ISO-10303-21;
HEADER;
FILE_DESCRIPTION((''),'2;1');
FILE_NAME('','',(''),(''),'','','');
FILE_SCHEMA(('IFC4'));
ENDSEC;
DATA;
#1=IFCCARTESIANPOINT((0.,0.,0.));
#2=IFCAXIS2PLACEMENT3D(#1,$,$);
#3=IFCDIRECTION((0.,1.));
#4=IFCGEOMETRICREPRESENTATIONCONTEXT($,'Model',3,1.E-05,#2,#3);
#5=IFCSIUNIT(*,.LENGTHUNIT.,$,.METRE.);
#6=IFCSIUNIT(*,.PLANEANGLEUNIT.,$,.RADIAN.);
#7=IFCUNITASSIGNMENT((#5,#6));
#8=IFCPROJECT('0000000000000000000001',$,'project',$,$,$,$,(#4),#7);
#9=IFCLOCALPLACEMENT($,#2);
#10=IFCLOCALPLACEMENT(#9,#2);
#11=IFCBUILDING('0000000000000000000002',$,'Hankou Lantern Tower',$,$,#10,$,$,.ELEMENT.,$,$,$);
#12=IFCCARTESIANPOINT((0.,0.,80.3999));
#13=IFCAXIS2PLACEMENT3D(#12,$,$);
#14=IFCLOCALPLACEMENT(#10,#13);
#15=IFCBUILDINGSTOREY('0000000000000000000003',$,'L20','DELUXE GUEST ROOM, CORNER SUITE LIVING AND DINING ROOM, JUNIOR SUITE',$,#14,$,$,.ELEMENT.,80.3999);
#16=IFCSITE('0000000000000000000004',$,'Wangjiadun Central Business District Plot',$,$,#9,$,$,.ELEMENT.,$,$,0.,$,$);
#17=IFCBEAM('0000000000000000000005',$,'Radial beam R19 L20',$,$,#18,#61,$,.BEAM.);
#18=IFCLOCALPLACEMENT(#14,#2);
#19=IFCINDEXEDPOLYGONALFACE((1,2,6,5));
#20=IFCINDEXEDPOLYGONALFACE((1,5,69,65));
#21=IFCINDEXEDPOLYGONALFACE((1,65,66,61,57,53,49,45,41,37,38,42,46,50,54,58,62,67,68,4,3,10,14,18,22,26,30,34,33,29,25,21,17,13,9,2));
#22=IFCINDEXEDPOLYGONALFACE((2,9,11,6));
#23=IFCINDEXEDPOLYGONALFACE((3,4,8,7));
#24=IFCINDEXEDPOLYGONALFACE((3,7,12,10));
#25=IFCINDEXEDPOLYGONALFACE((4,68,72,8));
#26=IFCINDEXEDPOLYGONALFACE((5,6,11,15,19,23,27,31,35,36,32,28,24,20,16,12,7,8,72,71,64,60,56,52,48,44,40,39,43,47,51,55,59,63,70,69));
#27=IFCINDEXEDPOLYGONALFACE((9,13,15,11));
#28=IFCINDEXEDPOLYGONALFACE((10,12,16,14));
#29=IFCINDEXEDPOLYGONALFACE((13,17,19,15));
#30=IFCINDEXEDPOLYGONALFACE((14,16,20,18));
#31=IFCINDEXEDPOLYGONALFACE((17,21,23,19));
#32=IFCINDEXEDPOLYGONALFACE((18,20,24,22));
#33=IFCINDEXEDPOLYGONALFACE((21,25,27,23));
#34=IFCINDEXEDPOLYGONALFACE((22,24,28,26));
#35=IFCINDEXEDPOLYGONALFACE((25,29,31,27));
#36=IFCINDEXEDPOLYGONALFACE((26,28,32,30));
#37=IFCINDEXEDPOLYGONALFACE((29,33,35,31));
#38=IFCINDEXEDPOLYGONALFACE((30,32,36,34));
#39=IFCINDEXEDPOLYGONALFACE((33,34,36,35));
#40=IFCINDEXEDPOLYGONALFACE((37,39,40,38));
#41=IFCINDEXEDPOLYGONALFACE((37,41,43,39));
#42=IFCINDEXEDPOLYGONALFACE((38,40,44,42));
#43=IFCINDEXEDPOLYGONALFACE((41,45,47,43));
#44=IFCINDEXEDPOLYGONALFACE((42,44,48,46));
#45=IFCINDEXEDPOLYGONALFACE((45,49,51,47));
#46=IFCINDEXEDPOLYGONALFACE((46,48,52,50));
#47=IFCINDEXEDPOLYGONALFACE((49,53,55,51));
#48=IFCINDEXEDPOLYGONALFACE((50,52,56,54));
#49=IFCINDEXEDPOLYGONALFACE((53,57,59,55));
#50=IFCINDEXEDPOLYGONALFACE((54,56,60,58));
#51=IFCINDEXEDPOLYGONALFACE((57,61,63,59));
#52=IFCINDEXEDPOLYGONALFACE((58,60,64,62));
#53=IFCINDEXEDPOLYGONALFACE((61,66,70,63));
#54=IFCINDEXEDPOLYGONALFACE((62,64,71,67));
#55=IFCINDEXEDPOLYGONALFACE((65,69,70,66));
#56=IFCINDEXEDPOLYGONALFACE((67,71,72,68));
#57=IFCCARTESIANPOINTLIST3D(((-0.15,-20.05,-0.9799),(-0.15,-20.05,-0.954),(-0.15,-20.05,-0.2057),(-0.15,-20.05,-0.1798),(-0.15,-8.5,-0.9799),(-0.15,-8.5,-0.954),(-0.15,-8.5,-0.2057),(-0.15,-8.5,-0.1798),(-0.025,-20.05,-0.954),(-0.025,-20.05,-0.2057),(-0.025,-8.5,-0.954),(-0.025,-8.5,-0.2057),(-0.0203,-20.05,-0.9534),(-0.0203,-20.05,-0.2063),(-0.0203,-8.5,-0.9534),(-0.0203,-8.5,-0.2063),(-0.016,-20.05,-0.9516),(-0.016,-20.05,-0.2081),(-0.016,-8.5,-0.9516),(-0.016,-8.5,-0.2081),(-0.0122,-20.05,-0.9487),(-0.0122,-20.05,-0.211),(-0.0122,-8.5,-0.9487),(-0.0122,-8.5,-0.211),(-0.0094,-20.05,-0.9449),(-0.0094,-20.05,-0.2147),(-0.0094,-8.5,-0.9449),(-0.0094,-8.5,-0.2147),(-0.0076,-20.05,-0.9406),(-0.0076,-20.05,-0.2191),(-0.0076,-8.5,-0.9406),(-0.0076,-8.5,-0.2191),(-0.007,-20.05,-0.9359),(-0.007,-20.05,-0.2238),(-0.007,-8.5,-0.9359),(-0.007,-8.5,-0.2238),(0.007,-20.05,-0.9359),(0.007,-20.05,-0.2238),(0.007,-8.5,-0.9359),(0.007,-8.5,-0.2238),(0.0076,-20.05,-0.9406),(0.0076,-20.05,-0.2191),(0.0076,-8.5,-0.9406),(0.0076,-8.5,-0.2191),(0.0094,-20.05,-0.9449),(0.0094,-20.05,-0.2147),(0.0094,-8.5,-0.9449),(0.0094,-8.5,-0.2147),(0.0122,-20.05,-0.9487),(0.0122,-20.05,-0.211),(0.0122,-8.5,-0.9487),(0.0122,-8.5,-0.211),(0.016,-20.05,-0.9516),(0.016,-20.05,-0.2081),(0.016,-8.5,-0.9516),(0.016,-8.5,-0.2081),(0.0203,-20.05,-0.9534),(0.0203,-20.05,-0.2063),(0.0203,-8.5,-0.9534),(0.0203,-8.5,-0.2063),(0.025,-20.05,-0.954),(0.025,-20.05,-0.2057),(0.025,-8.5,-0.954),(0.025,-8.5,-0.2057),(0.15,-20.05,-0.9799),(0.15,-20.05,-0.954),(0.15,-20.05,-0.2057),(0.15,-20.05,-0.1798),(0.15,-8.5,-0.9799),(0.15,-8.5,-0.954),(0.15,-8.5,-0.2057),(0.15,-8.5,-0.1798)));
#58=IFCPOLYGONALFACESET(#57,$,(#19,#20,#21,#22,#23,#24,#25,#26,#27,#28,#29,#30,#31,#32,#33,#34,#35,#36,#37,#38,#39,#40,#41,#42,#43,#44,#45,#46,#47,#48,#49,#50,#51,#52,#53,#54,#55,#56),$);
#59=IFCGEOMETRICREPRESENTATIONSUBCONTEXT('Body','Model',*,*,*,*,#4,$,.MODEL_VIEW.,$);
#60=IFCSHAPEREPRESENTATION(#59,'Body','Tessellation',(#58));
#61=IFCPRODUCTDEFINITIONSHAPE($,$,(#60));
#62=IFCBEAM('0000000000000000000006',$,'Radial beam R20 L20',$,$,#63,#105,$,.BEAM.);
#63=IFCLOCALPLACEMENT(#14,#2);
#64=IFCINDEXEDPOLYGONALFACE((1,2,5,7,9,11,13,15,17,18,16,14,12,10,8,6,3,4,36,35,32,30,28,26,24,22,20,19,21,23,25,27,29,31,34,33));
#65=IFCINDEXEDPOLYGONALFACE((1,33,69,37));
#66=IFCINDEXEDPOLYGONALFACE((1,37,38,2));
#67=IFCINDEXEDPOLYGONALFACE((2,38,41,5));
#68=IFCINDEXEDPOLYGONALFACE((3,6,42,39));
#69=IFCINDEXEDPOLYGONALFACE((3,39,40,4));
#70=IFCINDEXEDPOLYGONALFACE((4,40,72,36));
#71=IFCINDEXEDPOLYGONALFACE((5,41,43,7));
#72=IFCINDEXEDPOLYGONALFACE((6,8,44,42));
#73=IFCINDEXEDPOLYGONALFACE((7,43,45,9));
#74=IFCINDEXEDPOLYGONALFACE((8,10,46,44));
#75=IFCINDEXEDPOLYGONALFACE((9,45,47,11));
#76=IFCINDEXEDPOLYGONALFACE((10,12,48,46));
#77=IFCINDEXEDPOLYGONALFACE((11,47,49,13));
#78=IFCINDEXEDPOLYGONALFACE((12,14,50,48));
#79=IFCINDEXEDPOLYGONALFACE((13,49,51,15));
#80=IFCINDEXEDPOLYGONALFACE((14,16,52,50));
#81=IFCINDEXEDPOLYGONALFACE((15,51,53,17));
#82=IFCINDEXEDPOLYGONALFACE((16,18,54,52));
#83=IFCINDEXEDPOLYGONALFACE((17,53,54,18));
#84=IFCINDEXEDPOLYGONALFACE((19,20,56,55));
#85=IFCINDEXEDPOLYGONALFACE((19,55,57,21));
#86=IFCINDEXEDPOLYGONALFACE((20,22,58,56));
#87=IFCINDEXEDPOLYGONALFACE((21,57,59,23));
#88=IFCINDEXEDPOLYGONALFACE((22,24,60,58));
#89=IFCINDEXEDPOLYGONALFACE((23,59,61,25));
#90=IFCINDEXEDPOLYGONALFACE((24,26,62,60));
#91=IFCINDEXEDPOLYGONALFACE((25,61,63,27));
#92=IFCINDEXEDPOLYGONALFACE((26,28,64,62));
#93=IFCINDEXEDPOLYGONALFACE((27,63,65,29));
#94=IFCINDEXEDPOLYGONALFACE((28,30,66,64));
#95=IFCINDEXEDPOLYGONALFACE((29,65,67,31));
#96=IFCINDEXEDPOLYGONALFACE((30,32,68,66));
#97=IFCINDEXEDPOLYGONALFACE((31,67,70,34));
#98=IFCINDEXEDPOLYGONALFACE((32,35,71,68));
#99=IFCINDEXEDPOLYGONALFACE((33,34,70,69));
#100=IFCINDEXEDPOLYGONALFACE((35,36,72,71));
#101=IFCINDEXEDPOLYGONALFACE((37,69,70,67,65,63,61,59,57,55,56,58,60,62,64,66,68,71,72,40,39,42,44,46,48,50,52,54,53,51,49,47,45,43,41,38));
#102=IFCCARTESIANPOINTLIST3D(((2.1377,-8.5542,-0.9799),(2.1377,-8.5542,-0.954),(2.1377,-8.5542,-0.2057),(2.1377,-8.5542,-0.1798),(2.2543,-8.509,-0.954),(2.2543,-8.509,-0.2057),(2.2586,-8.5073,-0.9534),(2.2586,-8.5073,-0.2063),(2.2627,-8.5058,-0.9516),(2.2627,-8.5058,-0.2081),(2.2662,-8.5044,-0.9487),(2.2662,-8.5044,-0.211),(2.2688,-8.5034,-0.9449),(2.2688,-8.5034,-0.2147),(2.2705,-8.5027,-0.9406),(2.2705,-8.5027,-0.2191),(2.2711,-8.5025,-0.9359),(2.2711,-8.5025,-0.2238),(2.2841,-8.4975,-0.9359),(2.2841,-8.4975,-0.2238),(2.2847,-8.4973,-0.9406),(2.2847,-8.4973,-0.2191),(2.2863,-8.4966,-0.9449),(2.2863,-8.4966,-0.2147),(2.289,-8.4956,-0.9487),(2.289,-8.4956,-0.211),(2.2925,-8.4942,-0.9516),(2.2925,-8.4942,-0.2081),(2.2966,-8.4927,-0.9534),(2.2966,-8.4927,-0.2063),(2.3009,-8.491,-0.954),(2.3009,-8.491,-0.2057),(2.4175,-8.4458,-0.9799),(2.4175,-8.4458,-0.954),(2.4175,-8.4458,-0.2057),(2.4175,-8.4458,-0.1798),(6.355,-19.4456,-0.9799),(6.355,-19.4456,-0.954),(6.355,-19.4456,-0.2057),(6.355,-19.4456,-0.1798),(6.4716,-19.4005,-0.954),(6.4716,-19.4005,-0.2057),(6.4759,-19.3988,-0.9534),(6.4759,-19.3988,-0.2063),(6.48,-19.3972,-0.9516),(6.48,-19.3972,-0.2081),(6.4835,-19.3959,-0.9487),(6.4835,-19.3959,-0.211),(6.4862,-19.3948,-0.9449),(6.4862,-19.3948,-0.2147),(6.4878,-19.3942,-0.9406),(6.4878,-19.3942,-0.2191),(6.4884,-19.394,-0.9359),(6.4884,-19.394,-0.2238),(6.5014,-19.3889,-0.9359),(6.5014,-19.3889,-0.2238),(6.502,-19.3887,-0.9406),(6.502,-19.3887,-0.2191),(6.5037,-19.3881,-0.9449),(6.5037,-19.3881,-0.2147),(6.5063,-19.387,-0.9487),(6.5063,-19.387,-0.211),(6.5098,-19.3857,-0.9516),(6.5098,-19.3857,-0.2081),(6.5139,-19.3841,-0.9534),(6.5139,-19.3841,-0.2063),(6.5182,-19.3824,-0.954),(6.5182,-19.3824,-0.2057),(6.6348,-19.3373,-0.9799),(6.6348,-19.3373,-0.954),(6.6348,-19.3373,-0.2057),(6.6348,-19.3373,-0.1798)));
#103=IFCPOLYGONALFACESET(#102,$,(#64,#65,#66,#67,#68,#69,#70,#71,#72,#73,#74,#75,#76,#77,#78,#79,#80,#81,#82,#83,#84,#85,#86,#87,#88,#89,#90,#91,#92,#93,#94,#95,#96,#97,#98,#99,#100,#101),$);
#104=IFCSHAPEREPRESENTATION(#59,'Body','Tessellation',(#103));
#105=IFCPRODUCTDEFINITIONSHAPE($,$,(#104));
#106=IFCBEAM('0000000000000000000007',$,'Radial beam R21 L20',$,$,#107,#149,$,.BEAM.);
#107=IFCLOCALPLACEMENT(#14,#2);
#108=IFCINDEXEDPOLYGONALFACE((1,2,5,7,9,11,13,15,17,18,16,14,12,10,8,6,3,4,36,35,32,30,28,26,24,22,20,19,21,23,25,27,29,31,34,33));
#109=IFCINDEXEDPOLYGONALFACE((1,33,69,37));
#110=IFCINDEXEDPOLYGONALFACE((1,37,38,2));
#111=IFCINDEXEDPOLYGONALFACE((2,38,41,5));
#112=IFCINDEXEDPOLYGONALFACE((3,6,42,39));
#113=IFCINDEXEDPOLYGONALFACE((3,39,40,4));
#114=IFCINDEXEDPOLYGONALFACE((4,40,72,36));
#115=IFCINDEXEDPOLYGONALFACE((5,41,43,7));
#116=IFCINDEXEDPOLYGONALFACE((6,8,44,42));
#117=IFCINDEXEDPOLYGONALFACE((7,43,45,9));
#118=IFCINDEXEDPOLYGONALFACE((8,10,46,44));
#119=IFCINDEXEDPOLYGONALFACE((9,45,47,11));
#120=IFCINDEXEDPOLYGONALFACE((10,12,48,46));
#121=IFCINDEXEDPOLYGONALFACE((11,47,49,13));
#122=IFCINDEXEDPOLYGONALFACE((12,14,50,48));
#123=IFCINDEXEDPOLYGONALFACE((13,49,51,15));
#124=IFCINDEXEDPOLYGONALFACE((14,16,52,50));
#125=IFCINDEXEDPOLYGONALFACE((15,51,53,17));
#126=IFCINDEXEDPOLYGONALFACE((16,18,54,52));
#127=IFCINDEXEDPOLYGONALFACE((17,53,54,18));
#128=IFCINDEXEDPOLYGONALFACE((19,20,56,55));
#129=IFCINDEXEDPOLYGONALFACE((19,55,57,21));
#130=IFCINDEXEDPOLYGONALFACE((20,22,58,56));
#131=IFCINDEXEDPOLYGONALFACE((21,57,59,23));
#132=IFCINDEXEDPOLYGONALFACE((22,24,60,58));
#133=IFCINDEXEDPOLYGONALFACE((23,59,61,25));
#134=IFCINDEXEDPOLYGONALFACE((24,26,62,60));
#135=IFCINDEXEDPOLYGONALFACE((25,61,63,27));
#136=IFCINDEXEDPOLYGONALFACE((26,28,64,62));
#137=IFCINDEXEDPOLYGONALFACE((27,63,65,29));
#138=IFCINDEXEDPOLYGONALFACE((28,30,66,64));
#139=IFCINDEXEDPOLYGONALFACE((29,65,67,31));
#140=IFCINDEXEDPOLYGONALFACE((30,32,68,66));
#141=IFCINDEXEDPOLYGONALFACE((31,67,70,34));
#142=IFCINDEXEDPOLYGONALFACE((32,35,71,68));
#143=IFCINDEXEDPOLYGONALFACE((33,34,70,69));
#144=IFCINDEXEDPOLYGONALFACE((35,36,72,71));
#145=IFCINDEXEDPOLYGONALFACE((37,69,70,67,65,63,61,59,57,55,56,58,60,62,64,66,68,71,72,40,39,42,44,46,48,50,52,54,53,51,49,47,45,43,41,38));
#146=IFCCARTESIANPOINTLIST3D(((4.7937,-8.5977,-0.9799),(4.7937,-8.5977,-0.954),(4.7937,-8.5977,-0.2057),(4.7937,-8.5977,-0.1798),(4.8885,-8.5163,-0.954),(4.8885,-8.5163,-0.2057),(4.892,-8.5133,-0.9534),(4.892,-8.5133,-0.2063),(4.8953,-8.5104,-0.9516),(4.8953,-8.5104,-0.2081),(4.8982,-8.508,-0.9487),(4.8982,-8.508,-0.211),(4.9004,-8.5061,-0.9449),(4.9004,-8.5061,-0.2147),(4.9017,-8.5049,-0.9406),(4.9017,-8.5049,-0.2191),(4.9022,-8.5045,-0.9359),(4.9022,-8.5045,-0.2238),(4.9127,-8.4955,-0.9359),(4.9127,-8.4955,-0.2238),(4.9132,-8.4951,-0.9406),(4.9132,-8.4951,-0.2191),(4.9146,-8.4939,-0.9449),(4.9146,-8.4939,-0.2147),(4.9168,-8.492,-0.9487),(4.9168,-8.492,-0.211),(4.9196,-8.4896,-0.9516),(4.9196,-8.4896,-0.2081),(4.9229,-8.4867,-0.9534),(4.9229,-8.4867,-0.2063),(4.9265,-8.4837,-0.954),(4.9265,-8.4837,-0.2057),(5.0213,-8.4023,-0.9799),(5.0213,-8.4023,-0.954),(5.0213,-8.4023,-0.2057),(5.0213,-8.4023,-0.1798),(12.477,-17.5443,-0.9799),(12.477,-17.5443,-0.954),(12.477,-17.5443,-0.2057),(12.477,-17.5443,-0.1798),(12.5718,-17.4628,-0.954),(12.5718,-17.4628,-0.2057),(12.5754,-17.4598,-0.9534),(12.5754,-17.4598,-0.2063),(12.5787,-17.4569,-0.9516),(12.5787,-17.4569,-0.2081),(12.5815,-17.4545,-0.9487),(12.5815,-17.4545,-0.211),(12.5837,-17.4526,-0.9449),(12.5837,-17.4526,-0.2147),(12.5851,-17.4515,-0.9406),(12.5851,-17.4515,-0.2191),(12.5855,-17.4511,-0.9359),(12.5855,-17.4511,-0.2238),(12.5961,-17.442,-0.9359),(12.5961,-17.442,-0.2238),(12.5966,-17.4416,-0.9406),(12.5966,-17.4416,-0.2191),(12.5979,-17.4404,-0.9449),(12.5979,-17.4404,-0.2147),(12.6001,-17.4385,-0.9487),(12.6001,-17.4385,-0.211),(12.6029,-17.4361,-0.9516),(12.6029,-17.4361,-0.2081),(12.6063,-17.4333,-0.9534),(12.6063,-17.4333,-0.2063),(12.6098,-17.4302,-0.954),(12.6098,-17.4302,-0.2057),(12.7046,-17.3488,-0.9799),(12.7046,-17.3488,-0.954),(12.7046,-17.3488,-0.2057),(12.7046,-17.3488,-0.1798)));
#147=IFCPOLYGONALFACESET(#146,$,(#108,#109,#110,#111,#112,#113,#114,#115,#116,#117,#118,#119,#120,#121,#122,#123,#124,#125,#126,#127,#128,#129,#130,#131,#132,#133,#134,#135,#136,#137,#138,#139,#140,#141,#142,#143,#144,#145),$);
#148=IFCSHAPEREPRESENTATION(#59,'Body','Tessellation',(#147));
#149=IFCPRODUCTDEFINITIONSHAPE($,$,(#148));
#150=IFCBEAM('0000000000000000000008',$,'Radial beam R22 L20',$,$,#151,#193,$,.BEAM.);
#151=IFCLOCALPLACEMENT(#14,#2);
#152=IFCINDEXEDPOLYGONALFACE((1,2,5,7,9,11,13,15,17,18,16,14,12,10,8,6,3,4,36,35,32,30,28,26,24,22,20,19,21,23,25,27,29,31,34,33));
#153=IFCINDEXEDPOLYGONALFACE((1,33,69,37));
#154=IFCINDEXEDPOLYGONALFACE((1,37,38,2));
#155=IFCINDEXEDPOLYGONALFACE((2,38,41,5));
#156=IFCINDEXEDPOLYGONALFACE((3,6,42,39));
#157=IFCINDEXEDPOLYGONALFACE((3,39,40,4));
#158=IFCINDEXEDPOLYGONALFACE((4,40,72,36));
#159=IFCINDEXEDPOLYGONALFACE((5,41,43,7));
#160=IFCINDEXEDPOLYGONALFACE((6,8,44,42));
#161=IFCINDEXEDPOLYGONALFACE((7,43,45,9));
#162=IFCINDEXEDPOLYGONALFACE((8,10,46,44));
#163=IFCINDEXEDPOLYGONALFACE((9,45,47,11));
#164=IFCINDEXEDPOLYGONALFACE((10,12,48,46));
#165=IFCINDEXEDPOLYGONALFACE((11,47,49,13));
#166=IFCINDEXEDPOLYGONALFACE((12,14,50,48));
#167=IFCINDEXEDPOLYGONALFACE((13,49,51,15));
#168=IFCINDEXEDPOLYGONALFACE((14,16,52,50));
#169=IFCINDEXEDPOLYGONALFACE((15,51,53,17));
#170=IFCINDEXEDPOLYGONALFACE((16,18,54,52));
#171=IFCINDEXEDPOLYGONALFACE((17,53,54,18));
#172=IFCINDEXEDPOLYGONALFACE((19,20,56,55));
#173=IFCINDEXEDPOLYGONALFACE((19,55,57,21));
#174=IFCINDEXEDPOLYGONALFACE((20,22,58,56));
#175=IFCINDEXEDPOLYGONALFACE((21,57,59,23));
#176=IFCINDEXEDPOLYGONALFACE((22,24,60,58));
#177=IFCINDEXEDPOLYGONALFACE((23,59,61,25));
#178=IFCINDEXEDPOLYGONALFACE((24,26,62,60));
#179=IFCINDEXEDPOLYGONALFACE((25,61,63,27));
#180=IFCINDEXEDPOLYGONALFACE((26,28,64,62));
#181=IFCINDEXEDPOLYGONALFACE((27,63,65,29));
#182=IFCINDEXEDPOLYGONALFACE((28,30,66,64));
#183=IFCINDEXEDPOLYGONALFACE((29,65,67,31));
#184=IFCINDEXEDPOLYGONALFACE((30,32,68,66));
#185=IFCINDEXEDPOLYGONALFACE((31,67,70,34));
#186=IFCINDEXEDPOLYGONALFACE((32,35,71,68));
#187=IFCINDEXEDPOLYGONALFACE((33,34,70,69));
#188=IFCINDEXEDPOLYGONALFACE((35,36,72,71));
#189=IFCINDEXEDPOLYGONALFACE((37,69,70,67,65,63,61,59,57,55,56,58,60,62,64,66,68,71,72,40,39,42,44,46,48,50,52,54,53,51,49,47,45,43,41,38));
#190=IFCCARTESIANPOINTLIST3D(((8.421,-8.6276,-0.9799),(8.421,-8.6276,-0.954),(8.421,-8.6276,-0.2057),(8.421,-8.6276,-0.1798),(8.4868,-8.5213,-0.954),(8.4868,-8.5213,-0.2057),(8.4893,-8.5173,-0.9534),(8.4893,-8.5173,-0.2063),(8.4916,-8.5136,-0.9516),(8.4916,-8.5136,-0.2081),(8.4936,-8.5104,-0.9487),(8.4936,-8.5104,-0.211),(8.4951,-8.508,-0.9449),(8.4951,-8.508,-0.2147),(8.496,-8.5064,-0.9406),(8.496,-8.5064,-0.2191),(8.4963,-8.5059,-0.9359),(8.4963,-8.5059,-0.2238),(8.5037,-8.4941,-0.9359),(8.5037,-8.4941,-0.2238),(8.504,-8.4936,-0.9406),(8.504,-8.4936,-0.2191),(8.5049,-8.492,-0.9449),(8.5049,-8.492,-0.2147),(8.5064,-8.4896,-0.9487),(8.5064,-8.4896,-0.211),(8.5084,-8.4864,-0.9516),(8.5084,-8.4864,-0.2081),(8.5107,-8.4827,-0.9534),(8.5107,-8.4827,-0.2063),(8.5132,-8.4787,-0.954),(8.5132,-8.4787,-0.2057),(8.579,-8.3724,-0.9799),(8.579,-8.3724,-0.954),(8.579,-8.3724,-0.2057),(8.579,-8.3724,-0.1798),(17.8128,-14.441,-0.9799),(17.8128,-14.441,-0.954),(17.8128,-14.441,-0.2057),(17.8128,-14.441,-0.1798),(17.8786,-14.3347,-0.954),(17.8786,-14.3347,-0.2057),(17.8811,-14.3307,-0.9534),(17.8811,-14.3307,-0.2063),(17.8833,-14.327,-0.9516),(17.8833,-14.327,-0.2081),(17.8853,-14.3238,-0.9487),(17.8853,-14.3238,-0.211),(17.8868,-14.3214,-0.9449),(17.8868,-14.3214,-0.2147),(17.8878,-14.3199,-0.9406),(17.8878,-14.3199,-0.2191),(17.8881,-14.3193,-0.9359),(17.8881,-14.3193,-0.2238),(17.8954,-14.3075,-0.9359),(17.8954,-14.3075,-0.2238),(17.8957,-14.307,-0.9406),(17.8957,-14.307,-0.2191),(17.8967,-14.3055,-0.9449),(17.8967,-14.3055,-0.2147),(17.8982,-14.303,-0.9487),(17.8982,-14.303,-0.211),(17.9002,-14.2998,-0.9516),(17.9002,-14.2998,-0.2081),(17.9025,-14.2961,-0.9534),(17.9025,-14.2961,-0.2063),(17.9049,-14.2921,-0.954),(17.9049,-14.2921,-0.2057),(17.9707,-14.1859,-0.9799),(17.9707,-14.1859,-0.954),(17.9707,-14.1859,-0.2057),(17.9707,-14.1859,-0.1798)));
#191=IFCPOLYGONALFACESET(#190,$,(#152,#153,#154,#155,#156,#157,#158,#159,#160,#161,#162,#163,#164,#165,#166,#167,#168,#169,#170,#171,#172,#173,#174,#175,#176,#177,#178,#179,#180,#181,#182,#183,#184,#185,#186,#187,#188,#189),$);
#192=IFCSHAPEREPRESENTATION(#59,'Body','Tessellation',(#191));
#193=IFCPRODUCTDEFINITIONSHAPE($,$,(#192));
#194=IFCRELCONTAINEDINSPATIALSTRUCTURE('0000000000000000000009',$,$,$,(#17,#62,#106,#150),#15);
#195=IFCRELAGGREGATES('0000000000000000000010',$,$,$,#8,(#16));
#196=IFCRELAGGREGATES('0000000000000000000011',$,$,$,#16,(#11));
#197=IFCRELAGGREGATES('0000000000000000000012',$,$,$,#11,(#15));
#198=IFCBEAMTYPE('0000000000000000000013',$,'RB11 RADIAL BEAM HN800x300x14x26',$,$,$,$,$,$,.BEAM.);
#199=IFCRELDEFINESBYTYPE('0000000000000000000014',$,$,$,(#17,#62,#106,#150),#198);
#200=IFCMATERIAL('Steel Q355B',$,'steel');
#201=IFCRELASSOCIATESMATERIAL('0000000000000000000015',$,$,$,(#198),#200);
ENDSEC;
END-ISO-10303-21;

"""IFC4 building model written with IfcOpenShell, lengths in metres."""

from ifc_helpers import new_model, si_unit, direction, frame, origin, origin_2d, place, context, subcontext, project, spatial, i_section, extrude, material, material_profile, profile_set, type_object, element, save


model = new_model("IFC4")

# Units and contexts
model_context = context("Model", 3, precision=1e-05, world=origin(), true_north=direction((0.0, 1.0)))
body_context = subcontext(model_context, "Body", "Model", "MODEL_VIEW")
ifc_project = project(units=[si_unit("LENGTHUNIT", "METRE"), si_unit("PLANEANGLEUNIT", "RADIAN")], contexts=[model_context])

# Site, building, storey
site_placement = place(None, origin())
site = spatial("IfcSite", under=ifc_project, at=site_placement, Name="Wangjiadun Central Business District Plot", CompositionType="ELEMENT", RefElevation=0.0)
building_placement = place(site_placement, origin())
building = spatial("IfcBuilding", under=site, at=building_placement, Name="Hankou Lantern Tower", CompositionType="ELEMENT")
storey_placement = place(building_placement, frame((0.0, 0.0, 80.3999)))
storey = spatial("IfcBuildingStorey", under=building, at=storey_placement, Name="L20", Description="DELUXE GUEST ROOM, CORNER SUITE LIVING AND DINING ROOM, JUNIOR SUITE", CompositionType="ELEMENT", Elevation=80.3999)

# Beams
ifc_material_1 = material(Name="Steel Q355B", Category="steel")
ifc_material_profile_1 = material_profile(ifc_material_1, i_section(OverallWidth=0.3, OverallDepth=0.8, WebThickness=0.0139, FlangeThickness=0.0259, FilletRadius=0.0181, at=origin_2d()), Name="HN800x300x14x26")
ifc_profile_set_1 = profile_set([ifc_material_profile_1], Name="Steel Q355B")
beam_type_1 = type_object("IfcBeamType", Name="RB11 RADIAL BEAM HN800x300x14x26", PredefinedType="BEAM", material=ifc_profile_set_1)
beam_1_placement = place(storey_placement, frame((0.0, -8.5, -0.5798), z_axis=(0.0, -1.0, 0.0), x_axis=(1.0, 0.0, 0.0)))
element("IfcBeam", 1, at=beam_1_placement, inside=storey, type_object=beam_type_1, Name="Radial beam R19 L20", PredefinedType="BEAM", context=body_context, shape_type="SweptSolid", body=[
    extrude(i_section(OverallWidth=0.3, OverallDepth=0.8, WebThickness=0.0139, FlangeThickness=0.0259, FilletRadius=0.0181, at=origin_2d()), origin(), (0.0, 0.0, 1.0), 11.55),
])
beam_2_placement = place(storey_placement, frame((2.2776, -8.5, -0.5798), z_axis=(0.361089, -0.932531, 0.0), x_axis=(0.932531, 0.361089, 0.0)))
element("IfcBeam", 2, at=beam_2_placement, inside=storey, type_object=beam_type_1, Name="Radial beam R20 L20", PredefinedType="BEAM", context=body_context, shape_type="SweptSolid", body=[
    extrude(i_section(OverallWidth=0.3, OverallDepth=0.8, WebThickness=0.0139, FlangeThickness=0.0259, FilletRadius=0.0181, at=origin_2d()), origin(), (0.0, 0.0, 1.0), 11.6794),
])
beam_3_placement = place(storey_placement, frame((4.9075, -8.5, -0.5798), z_axis=(0.651519, -0.758632, 0.0), x_axis=(0.758632, 0.651519, 0.0)))
element("IfcBeam", 3, at=beam_3_placement, inside=storey, type_object=beam_type_1, Name="Radial beam R21 L20", PredefinedType="BEAM", context=body_context, shape_type="SweptSolid", body=[
    extrude(i_section(OverallWidth=0.3, OverallDepth=0.8, WebThickness=0.0139, FlangeThickness=0.0259, FilletRadius=0.0181, at=origin_2d()), origin(), (0.0, 0.0, 1.0), 11.793),
])
beam_4_placement = place(storey_placement, frame((8.5, -8.5, -0.5798), z_axis=(0.850286, -0.52632, 0.0), x_axis=(0.52632, 0.850286, 0.0)))
element("IfcBeam", 4, at=beam_4_placement, inside=storey, type_object=beam_type_1, Name="Radial beam R22 L20", PredefinedType="BEAM", context=body_context, shape_type="SweptSolid", body=[
    extrude(i_section(OverallWidth=0.3, OverallDepth=0.8, WebThickness=0.0139, FlangeThickness=0.0259, FilletRadius=0.0181, at=origin_2d()), origin(), (0.0, 0.0, 1.0), 11.0454),
])

save(model, "model.ifc")
